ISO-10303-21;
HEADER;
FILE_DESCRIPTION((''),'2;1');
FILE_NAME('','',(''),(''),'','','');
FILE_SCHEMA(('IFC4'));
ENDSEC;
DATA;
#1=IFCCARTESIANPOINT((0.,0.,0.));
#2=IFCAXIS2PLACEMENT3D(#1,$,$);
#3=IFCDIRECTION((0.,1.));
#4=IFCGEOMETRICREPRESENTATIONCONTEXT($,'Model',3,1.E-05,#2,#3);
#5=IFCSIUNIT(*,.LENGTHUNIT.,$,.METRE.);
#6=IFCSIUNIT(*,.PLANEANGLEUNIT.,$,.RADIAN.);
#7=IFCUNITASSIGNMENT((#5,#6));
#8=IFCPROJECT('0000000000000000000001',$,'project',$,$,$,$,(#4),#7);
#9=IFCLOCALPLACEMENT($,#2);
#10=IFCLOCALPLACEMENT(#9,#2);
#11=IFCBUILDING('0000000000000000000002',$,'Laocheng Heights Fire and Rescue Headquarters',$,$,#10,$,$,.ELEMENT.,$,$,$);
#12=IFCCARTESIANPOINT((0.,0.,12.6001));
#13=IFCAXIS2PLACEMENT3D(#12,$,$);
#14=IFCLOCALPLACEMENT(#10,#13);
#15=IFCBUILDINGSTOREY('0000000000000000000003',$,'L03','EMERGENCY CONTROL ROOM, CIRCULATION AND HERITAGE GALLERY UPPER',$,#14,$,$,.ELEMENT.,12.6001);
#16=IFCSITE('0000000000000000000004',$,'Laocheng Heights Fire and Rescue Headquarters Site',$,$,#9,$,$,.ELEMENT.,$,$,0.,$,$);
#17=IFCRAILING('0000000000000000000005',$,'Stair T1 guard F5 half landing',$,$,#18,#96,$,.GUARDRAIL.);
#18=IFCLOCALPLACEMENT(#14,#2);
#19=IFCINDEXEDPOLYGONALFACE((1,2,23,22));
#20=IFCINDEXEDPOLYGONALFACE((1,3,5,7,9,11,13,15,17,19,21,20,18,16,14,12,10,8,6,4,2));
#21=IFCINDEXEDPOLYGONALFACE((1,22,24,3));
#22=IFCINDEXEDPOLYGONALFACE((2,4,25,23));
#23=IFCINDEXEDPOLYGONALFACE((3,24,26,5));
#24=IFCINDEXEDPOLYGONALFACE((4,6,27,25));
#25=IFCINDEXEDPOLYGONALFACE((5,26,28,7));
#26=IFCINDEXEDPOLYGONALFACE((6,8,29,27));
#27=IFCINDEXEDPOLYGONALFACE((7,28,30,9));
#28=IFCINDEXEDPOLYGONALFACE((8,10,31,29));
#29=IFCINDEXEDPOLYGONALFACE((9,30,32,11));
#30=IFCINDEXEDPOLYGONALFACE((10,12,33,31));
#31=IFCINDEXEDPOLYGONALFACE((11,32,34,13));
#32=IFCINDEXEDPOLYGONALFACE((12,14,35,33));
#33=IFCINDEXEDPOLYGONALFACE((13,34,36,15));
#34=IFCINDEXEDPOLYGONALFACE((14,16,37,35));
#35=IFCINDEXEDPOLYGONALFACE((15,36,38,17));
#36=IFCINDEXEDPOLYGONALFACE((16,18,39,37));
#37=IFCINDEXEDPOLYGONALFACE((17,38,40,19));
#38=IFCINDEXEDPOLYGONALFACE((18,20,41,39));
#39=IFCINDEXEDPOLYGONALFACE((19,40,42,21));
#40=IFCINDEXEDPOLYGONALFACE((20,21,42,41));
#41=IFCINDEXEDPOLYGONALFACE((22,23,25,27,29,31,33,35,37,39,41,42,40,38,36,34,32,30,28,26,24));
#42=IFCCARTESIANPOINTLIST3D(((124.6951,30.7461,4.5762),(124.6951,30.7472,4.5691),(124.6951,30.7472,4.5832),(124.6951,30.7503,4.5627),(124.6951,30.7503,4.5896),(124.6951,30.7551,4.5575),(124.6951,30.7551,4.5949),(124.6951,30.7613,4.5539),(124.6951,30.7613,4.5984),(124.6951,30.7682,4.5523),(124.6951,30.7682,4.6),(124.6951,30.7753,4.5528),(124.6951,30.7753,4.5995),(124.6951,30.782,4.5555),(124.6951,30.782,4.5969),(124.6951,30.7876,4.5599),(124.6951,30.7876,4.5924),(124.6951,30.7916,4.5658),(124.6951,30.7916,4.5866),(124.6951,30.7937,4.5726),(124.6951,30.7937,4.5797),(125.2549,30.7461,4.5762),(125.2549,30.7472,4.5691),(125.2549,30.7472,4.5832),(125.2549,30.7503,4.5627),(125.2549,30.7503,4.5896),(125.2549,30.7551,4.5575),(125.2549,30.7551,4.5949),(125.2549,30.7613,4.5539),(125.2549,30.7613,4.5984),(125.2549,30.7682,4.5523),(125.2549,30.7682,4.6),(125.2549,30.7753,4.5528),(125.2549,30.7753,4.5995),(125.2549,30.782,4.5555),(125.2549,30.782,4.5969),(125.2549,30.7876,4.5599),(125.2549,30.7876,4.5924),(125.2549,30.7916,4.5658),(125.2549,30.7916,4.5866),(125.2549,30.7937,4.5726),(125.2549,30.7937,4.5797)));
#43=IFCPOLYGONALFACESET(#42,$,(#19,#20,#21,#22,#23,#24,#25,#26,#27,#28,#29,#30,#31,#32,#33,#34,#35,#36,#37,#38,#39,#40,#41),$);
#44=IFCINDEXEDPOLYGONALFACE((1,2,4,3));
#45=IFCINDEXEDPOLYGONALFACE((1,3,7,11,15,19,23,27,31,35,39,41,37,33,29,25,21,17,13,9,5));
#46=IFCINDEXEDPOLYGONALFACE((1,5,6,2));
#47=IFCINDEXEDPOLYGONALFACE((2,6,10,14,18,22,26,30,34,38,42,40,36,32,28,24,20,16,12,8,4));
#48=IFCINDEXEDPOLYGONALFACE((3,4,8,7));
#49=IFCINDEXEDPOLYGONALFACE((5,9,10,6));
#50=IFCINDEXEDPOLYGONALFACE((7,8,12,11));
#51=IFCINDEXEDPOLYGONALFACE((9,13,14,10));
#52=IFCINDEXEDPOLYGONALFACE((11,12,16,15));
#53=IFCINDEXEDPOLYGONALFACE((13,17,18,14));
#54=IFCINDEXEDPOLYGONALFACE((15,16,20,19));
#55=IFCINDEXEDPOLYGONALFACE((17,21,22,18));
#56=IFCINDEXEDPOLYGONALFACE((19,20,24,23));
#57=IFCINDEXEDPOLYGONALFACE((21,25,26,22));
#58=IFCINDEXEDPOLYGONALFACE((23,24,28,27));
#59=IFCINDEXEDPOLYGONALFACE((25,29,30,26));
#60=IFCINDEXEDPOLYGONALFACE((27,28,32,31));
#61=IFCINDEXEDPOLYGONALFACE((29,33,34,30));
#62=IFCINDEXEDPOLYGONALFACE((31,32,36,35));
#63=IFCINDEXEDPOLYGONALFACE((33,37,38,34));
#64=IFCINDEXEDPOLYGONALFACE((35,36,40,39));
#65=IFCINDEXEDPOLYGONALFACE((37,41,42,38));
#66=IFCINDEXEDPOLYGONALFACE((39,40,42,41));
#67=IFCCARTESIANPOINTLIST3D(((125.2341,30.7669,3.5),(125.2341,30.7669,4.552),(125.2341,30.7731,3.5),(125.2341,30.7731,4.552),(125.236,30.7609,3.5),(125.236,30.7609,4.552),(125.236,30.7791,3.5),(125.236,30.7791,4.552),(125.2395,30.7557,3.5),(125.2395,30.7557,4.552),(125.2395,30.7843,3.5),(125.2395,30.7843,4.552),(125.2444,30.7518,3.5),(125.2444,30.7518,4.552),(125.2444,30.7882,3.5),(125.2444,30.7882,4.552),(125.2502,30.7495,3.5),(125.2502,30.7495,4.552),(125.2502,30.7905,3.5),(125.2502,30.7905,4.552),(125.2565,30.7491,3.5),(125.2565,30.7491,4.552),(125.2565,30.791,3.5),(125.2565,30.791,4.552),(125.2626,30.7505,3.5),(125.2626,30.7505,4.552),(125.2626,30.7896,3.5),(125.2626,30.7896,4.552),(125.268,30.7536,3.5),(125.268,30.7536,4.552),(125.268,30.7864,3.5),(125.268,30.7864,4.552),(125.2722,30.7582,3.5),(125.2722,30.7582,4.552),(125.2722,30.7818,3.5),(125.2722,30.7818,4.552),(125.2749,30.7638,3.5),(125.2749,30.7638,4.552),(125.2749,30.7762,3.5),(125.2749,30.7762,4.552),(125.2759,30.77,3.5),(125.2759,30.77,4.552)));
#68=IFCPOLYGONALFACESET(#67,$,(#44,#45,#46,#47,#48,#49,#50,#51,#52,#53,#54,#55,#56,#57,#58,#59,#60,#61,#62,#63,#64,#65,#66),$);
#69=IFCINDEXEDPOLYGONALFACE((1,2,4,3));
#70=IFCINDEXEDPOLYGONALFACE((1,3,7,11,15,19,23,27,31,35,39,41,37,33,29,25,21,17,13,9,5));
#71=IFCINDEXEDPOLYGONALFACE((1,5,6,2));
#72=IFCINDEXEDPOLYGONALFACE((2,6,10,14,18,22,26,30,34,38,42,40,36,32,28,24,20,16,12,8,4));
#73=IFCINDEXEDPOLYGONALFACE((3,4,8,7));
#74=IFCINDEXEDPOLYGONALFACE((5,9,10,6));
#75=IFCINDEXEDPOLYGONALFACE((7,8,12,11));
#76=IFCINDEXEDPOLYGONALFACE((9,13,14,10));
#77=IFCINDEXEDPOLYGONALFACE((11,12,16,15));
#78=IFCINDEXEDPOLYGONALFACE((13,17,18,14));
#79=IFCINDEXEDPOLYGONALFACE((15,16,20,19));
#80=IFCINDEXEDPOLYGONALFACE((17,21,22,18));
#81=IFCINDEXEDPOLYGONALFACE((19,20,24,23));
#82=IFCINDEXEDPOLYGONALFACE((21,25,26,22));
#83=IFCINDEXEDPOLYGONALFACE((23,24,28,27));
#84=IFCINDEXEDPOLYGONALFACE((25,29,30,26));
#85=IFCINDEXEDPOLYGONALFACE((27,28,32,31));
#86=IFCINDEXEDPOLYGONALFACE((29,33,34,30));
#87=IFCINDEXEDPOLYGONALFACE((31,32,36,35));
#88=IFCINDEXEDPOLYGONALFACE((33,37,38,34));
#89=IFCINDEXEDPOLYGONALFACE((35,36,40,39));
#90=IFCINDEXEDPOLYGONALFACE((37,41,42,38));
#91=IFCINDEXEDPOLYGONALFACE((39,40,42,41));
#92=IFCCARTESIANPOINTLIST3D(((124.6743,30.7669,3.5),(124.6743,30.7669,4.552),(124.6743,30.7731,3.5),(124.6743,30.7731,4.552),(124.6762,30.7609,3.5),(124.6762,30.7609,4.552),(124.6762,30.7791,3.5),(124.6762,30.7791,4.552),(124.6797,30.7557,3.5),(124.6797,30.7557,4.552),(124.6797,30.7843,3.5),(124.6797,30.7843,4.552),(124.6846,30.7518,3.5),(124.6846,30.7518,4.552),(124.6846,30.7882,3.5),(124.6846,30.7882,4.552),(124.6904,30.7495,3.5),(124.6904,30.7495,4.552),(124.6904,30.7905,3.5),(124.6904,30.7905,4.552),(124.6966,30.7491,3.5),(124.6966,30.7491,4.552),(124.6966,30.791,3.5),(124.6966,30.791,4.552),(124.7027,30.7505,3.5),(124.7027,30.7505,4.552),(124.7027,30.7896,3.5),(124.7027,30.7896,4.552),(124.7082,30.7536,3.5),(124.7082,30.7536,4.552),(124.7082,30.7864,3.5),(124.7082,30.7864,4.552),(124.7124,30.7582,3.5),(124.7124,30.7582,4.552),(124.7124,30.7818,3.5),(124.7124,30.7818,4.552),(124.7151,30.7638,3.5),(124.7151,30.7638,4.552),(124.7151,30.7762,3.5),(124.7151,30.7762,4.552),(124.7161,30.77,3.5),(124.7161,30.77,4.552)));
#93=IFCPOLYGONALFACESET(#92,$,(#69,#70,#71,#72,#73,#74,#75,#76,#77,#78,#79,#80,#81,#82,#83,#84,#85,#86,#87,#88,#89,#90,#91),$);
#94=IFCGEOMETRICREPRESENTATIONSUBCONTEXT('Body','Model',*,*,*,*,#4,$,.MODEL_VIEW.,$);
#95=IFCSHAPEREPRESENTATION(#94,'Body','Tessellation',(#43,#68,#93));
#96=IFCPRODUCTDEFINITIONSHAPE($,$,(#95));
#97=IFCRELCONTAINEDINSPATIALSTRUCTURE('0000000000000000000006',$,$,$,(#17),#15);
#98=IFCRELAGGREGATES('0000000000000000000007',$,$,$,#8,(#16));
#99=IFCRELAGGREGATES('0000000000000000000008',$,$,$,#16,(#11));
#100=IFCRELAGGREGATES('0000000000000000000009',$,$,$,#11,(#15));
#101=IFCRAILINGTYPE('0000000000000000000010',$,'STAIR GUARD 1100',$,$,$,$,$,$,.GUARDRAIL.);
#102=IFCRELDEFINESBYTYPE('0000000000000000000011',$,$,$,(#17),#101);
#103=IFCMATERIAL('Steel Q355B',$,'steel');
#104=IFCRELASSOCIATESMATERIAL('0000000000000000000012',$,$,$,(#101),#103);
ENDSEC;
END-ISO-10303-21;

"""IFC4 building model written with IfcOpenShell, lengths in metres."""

from ifc_helpers import new_model, si_unit, direction, frame, origin, origin_2d, place, context, subcontext, project, spatial, circle, extrude, material, type_object, element, save


model = new_model("IFC4")

# Units and contexts
model_context = context("Model", 3, precision=1e-05, world=origin(), true_north=direction((0.0, 1.0)))
body_context = subcontext(model_context, "Body", "Model", "MODEL_VIEW")
ifc_project = project(units=[si_unit("LENGTHUNIT", "METRE"), si_unit("PLANEANGLEUNIT", "RADIAN")], contexts=[model_context])

# Site, building, storey
site_placement = place(None, origin())
site = spatial("IfcSite", under=ifc_project, at=site_placement, Name="Laocheng Heights Fire and Rescue Headquarters Site", CompositionType="ELEMENT", RefElevation=0.0)
building_placement = place(site_placement, origin())
building = spatial("IfcBuilding", under=site, at=building_placement, Name="Laocheng Heights Fire and Rescue Headquarters", CompositionType="ELEMENT")
storey_placement = place(building_placement, frame((0.0, 0.0, 12.6001)))
storey = spatial("IfcBuildingStorey", under=building, at=storey_placement, Name="L03", Description="EMERGENCY CONTROL ROOM, CIRCULATION AND HERITAGE GALLERY UPPER", CompositionType="ELEMENT", Elevation=12.6001)

# Railing
ifc_material_1 = material(Name="Steel Q355B", Category="steel")
railing_type_1 = type_object("IfcRailingType", Name="STAIR GUARD 1100", PredefinedType="GUARDRAIL", material=ifc_material_1)
railing_1_placement = place(storey_placement, frame((125.2549, 30.77, 3.5)))
element("IfcRailing", 1, at=railing_1_placement, inside=storey, type_object=railing_type_1, Name="Stair T1 guard F5 half landing", PredefinedType="GUARDRAIL", context=body_context, shape_type="SweptSolid", body=[
    extrude(circle(Radius=0.0239, at=origin_2d()), frame((0.0, 0.0, 1.0762), z_axis=(-1.0, 0.0, 0.0), x_axis=(0.0, -1.0, 0.0)), (0.0, 0.0, 1.0), 0.5598),
    extrude(circle(Radius=0.021, at=origin_2d()), origin(), (0.0, 0.0, 1.0), 1.052),
    extrude(circle(Radius=0.021, at=origin_2d()), frame((-0.5598, 0.0, 0.0)), (0.0, 0.0, 1.0), 1.052),
])

save(model, "model.ifc")
